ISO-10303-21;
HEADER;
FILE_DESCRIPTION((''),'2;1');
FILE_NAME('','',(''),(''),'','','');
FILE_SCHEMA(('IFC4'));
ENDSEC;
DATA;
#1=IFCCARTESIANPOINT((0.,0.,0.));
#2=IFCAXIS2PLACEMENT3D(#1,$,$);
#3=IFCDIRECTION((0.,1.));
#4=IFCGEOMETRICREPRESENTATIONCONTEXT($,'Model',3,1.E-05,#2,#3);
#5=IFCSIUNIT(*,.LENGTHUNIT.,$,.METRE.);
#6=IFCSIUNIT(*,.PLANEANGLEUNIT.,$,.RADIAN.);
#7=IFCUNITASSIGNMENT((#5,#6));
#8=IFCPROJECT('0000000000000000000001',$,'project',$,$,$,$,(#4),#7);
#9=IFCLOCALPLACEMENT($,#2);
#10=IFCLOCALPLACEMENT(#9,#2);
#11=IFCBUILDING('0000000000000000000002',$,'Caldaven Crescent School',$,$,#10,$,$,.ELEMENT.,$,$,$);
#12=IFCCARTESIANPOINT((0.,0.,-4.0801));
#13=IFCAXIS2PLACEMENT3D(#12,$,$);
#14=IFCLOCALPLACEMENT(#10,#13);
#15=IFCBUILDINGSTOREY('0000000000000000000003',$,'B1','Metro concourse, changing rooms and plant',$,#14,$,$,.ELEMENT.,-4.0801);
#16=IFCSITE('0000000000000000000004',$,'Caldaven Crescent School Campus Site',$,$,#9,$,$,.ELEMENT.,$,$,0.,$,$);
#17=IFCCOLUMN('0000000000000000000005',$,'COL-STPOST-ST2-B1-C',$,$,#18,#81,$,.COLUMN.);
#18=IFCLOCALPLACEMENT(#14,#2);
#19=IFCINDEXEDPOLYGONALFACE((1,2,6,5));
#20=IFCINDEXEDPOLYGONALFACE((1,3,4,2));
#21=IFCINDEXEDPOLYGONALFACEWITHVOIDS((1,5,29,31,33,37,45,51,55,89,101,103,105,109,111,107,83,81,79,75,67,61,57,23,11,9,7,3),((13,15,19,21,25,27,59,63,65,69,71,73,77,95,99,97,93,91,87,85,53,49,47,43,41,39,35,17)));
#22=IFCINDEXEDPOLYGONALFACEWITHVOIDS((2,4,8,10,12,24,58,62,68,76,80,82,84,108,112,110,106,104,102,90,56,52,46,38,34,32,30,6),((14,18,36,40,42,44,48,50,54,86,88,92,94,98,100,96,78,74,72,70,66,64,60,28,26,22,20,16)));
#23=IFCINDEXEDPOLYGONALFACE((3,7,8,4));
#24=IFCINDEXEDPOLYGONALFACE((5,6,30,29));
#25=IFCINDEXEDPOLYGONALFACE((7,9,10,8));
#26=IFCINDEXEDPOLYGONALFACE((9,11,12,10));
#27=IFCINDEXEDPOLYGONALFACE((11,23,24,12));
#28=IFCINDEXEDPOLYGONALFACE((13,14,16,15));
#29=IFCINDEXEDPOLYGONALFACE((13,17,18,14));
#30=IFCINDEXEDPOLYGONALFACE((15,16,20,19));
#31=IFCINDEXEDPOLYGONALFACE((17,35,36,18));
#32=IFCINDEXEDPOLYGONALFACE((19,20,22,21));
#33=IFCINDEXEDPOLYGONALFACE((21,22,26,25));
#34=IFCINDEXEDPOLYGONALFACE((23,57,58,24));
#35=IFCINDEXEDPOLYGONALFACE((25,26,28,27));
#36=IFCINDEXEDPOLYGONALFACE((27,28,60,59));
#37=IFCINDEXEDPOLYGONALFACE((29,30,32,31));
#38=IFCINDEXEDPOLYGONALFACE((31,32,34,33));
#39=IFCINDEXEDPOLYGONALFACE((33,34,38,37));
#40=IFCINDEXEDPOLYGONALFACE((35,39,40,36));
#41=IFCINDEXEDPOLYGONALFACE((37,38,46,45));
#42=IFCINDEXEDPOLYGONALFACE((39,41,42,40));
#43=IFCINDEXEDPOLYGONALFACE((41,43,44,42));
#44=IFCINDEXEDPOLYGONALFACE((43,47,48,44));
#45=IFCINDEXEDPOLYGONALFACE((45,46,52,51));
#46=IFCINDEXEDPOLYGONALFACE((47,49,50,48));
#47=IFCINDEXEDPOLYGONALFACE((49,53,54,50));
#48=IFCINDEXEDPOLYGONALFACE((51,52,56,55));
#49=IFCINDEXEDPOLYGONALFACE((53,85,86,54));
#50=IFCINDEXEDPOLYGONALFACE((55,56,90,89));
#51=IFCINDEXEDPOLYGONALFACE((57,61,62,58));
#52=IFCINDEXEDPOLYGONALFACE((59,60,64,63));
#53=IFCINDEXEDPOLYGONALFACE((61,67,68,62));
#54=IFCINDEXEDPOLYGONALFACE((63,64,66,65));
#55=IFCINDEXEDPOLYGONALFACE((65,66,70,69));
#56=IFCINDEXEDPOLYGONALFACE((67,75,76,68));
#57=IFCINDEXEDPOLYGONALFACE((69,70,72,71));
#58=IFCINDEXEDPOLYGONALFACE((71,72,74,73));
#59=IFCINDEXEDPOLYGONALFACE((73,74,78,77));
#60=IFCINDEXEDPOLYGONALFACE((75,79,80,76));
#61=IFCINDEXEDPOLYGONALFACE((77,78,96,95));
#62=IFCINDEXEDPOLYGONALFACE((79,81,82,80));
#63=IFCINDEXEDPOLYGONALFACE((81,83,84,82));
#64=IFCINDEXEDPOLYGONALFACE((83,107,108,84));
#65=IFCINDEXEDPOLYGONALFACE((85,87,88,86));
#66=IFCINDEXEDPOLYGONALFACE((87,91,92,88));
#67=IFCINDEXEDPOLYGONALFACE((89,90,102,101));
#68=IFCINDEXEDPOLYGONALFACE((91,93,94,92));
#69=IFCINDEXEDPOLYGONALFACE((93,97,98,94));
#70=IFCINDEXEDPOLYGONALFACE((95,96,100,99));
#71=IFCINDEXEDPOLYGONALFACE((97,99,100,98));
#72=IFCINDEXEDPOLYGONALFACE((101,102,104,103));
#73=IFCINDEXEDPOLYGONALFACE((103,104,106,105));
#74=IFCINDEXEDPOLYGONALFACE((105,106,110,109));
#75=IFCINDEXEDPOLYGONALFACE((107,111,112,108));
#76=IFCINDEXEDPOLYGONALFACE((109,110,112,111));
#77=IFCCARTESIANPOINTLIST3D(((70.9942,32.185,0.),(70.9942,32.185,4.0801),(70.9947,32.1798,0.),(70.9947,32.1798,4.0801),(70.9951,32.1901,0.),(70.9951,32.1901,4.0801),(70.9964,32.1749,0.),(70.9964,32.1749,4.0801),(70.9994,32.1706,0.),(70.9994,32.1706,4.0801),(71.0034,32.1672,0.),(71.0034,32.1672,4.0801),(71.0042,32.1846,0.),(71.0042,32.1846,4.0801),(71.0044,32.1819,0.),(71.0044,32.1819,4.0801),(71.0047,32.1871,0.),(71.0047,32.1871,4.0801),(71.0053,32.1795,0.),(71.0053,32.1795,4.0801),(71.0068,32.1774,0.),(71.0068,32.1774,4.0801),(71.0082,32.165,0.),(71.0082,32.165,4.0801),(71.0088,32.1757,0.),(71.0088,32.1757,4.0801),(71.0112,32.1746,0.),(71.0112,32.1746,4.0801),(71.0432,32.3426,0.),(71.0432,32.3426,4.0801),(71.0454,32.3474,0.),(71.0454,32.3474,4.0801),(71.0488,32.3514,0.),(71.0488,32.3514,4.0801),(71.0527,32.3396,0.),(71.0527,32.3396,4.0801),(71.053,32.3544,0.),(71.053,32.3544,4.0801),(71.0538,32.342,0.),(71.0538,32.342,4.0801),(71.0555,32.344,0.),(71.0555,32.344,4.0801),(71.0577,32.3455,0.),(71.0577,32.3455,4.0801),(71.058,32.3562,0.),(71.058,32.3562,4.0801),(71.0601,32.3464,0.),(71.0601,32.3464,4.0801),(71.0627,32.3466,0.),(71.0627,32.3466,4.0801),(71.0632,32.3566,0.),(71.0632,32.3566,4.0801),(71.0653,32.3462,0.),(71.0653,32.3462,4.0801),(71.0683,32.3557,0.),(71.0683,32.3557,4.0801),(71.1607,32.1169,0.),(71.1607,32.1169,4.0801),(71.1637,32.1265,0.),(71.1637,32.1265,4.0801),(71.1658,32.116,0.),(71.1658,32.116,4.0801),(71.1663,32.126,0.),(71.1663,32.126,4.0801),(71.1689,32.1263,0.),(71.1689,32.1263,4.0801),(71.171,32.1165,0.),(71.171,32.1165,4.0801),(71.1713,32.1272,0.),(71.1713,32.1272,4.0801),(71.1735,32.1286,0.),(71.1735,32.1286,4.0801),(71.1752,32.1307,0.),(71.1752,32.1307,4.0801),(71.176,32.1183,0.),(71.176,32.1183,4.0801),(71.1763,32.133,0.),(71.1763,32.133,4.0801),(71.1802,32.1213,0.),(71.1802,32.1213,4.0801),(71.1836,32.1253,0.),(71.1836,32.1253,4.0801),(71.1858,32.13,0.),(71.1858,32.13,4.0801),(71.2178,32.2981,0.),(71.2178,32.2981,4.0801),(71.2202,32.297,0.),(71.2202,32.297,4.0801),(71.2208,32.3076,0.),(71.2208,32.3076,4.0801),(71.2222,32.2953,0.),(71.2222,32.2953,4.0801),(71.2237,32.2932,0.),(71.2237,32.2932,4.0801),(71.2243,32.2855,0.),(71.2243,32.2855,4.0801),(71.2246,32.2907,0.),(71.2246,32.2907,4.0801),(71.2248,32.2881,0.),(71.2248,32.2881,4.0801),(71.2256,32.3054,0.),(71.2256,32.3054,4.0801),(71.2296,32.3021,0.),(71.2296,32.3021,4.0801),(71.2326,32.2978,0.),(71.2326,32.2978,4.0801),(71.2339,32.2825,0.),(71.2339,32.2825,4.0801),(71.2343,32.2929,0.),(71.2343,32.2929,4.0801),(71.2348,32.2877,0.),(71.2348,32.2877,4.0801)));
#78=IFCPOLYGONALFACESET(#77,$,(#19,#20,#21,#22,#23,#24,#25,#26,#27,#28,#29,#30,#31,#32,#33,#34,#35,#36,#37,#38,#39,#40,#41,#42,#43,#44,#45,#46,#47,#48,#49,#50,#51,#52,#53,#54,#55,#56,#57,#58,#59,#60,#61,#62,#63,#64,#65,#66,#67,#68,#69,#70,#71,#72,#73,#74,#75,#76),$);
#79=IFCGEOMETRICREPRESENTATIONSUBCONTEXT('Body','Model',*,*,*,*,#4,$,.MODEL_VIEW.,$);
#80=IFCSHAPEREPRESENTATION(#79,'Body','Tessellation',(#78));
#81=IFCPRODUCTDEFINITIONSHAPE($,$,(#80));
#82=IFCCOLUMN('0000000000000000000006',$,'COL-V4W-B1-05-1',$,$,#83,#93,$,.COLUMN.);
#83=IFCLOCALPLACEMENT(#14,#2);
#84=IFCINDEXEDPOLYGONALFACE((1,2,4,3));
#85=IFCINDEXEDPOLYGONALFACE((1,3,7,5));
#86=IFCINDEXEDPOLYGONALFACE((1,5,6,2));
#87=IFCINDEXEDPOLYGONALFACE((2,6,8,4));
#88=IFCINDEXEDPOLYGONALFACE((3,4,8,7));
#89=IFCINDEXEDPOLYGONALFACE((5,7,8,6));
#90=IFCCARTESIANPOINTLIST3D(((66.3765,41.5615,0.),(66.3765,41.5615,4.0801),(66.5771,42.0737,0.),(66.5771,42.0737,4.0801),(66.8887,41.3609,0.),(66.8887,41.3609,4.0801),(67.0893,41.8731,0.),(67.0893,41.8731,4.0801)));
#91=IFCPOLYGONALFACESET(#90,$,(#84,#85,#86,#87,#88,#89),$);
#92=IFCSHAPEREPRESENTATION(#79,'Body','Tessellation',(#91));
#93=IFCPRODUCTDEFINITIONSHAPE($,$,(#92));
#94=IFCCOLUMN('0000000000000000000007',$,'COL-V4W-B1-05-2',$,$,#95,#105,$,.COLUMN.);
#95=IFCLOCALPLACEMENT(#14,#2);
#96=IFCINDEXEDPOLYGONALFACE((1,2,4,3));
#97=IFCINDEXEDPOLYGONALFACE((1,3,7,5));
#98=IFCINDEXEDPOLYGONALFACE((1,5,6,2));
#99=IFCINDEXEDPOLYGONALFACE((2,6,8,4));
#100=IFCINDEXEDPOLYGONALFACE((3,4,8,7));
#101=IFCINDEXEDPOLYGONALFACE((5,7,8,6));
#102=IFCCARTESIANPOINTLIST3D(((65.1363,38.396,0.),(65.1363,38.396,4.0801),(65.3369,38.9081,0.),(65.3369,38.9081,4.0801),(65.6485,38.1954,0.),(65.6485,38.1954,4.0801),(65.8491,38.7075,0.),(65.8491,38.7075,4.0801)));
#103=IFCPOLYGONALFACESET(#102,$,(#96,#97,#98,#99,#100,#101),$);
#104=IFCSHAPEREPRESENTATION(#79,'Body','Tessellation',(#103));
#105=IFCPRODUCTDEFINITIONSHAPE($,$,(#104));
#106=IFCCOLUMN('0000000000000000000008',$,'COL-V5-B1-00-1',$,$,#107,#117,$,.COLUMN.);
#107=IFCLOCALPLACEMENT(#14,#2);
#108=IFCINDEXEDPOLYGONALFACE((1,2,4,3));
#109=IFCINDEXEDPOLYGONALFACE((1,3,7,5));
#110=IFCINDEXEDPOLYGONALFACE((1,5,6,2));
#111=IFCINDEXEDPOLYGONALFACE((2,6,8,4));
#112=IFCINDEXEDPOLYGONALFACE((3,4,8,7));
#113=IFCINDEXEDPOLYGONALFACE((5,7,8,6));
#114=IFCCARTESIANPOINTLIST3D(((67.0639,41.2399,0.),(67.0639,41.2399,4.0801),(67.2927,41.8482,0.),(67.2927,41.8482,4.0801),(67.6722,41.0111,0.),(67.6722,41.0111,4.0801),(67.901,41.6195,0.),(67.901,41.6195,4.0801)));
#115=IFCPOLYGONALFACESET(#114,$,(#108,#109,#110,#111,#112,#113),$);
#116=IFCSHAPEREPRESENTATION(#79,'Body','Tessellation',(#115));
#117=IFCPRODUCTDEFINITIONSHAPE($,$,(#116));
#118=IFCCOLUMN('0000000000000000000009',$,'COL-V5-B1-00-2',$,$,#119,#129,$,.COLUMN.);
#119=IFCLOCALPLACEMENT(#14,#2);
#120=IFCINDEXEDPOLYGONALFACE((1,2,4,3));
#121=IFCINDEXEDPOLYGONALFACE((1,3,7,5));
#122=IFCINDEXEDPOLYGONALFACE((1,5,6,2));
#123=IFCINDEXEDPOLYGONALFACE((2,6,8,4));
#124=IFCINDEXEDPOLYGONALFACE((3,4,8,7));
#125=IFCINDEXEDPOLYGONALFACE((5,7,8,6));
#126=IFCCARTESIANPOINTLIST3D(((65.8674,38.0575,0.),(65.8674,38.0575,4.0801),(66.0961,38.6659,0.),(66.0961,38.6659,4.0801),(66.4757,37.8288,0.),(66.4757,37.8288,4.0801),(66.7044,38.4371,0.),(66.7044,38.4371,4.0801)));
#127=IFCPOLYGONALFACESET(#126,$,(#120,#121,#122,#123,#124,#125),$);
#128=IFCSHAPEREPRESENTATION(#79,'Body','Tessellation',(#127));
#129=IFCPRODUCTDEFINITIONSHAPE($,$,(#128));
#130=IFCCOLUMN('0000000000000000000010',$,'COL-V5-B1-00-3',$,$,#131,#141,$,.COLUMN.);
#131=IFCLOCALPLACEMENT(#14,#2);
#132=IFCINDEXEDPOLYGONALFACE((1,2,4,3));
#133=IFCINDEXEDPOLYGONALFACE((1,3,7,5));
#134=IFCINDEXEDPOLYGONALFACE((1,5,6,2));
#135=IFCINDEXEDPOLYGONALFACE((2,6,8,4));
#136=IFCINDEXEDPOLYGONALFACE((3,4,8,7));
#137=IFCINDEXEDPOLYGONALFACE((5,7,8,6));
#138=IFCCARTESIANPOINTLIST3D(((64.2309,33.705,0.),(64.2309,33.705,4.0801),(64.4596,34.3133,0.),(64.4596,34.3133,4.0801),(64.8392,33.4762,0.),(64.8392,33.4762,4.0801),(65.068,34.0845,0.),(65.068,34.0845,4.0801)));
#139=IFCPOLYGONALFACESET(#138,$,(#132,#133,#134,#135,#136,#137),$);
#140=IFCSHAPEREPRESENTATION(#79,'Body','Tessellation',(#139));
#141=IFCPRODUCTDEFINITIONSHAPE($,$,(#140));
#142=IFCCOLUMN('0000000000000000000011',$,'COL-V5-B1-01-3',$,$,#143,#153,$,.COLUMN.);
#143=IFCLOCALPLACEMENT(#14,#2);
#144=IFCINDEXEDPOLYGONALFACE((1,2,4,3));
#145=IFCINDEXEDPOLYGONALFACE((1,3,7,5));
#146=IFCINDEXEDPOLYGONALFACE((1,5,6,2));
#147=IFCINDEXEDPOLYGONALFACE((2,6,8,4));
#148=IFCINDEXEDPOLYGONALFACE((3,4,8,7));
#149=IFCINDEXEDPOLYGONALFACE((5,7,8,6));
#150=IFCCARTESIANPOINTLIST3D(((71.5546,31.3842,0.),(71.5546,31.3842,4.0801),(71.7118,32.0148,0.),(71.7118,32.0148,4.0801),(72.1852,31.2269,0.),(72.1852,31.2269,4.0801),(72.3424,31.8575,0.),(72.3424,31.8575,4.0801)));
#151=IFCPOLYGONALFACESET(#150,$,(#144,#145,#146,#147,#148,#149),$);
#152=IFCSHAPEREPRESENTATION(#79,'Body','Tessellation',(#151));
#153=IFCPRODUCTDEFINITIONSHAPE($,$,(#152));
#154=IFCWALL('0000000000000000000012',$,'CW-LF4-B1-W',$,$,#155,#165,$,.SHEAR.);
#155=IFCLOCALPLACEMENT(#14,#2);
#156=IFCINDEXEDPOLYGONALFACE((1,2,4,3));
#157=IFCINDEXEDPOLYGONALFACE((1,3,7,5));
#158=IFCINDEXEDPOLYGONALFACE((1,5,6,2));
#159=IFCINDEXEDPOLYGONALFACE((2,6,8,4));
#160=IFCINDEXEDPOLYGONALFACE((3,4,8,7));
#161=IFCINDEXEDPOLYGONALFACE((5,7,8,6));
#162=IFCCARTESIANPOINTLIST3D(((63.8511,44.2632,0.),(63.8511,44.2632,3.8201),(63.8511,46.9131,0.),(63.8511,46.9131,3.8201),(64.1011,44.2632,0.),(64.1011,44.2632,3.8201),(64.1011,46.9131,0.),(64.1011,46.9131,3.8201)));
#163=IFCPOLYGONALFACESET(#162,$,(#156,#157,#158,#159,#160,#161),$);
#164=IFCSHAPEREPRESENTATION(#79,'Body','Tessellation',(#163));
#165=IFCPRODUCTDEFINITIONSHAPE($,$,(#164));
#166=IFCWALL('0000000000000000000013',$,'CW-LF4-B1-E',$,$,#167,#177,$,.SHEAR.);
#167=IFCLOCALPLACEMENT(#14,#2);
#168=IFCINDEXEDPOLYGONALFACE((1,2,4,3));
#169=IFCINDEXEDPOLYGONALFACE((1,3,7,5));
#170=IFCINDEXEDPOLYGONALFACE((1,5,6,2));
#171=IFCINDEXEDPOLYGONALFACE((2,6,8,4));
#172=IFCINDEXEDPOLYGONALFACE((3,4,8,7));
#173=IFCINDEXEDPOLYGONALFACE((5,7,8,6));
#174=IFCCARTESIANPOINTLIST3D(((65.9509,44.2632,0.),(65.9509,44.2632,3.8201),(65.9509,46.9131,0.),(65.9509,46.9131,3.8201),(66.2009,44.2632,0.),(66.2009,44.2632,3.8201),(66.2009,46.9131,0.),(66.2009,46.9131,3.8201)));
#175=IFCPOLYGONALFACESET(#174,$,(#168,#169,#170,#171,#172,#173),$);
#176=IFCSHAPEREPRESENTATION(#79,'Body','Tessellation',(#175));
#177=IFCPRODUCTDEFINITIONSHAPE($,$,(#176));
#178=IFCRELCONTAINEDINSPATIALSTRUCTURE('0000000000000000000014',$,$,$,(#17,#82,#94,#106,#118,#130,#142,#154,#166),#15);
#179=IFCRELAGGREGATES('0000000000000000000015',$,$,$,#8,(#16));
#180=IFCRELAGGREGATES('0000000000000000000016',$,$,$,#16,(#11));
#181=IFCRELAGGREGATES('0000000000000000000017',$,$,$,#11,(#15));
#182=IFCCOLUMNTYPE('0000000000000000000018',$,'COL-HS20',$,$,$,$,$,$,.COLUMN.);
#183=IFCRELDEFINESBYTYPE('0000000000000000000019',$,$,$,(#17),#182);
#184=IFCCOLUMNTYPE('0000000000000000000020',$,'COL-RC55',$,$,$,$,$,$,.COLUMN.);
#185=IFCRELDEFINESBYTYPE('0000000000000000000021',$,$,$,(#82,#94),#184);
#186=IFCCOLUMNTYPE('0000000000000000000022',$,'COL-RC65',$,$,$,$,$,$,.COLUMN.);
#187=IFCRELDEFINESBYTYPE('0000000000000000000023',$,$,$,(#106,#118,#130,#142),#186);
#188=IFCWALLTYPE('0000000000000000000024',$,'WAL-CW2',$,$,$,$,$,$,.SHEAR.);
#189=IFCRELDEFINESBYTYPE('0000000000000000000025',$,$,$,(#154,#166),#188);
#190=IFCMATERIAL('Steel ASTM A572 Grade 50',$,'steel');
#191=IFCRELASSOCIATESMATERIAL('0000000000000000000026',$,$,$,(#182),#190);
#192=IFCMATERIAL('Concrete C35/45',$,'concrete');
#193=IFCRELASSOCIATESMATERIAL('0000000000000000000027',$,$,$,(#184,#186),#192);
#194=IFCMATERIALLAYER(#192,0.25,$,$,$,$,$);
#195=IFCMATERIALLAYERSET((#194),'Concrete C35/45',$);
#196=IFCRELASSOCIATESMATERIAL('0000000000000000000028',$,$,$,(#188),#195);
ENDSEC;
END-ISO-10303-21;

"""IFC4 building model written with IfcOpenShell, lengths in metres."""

from ifc_helpers import new_model, si_unit, direction, frame, frame_2d, origin, origin_2d, place, context, subcontext, project, spatial, rectangle, hollow_rectangle, extrude, material, layer, layer_set, material_profile, profile_set, type_object, element, save


model = new_model("IFC4")

# Units and contexts
model_context = context("Model", 3, precision=1e-05, world=origin(), true_north=direction((0.0, 1.0)))
body_context = subcontext(model_context, "Body", "Model", "MODEL_VIEW")
ifc_project = project(units=[si_unit("LENGTHUNIT", "METRE"), si_unit("PLANEANGLEUNIT", "RADIAN")], contexts=[model_context])

# Site, building, storey
site_placement = place(None, origin())
site = spatial("IfcSite", under=ifc_project, at=site_placement, Name="Caldaven Crescent School Campus Site", CompositionType="ELEMENT", RefElevation=0.0)
building_placement = place(site_placement, origin())
building = spatial("IfcBuilding", under=site, at=building_placement, Name="Caldaven Crescent School", CompositionType="ELEMENT")
storey_placement = place(building_placement, frame((0.0, 0.0, -4.0801)))
storey = spatial("IfcBuildingStorey", under=building, at=storey_placement, Name="B1", Description="Metro concourse, changing rooms and plant", CompositionType="ELEMENT", Elevation=-4.0801)

# Shared definitions
ifc_material_1 = material(Name="Concrete C35/45", Category="concrete")

# Columns
ifc_material_2 = material(Name="Steel ASTM A572 Grade 50", Category="steel")
ifc_material_profile_1 = material_profile(ifc_material_2, hollow_rectangle(XDim=0.2, YDim=0.2, WallThickness=0.01, InnerFilletRadius=0.01, OuterFilletRadius=0.02, at=origin_2d()), Name="HSS 200x200x10")
ifc_profile_set_1 = profile_set([ifc_material_profile_1], Name="Steel ASTM A572 Grade 50")
column_type_1 = type_object("IfcColumnType", Name="COL-HS20", PredefinedType="COLUMN", material=ifc_profile_set_1)
for number, where, z_axis, x_axis, name in (
    (1, (71.1145, 32.2363, 0.0), (0.0, 0.0, 1.0), (0.953717, -0.300706, 0.0), "COL-STPOST-ST2-B1-C"),
):
    element("IfcColumn", number, at=place(storey_placement, frame(where, z_axis=z_axis, x_axis=x_axis)), inside=storey, type_object=column_type_1, Name=name, PredefinedType="COLUMN", context=body_context, shape_type="SweptSolid", body=[
        extrude(hollow_rectangle(XDim=0.2, YDim=0.2, WallThickness=0.01, InnerFilletRadius=0.01, OuterFilletRadius=0.02, at=origin_2d()), origin(), (0.0, 0.0, 1.0), 4.0801),
    ])
ifc_material_profile_2 = material_profile(ifc_material_1, rectangle(XDim=0.55, YDim=0.55, at=origin_2d()), Name="RC 550x550")
ifc_profile_set_2 = profile_set([ifc_material_profile_2], Name="Concrete C35/45")
column_type_2 = type_object("IfcColumnType", Name="COL-RC55", PredefinedType="COLUMN", material=ifc_profile_set_2)
for number, where, z_axis, x_axis, name in (
    (2, (66.7329, 41.7173, 0.0), (0.0, 0.0, 1.0), (-0.364714, -0.931119, 0.0), "COL-V4W-B1-05-1"),
    (3, (65.4927, 38.5518, 0.0), (0.0, 0.0, 1.0), (-0.364714, -0.931119, 0.0), "COL-V4W-B1-05-2"),
):
    element("IfcColumn", number, at=place(storey_placement, frame(where, z_axis=z_axis, x_axis=x_axis)), inside=storey, type_object=column_type_2, Name=name, PredefinedType="COLUMN", context=body_context, shape_type="SweptSolid", body=[
        extrude(rectangle(XDim=0.55, YDim=0.55, at=origin_2d()), origin(), (0.0, 0.0, 1.0), 4.0801),
    ])
ifc_material_profile_3 = material_profile(ifc_material_1, rectangle(XDim=0.6499, YDim=0.6499, at=origin_2d()), Name="RC 650x650")
ifc_profile_set_3 = profile_set([ifc_material_profile_3], Name="Concrete C35/45")
column_type_3 = type_object("IfcColumnType", Name="COL-RC65", PredefinedType="COLUMN", material=ifc_profile_set_3)
for number, where, z_axis, x_axis, name in (
    (4, (67.4824, 41.4297, 0.0), (0.0, 0.0, 1.0), (-0.352005, -0.935998, 0.0), "COL-V5-B1-00-1"),
    (5, (66.2859, 38.2473, 0.0), (0.0, 0.0, 1.0), (-0.352005, -0.935998, 0.0), "COL-V5-B1-00-2"),
    (6, (64.6494, 33.8948, 0.0), (0.0, 0.0, 1.0), (-0.352005, -0.935998, 0.0), "COL-V5-B1-00-3"),
    (7, (71.9485, 31.6208, 0.0), (0.0, 0.0, 1.0), (-0.241922, -0.970296, 0.0), "COL-V5-B1-01-3"),
):
    element("IfcColumn", number, at=place(storey_placement, frame(where, z_axis=z_axis, x_axis=x_axis)), inside=storey, type_object=column_type_3, Name=name, PredefinedType="COLUMN", context=body_context, shape_type="SweptSolid", body=[
        extrude(rectangle(XDim=0.6499, YDim=0.6499, at=origin_2d()), origin(), (0.0, 0.0, 1.0), 4.0801),
    ])

# Walls
ifc_layer_1 = layer(ifc_material_1, 0.25)
ifc_layer_set_1 = layer_set([ifc_layer_1], Name="Concrete C35/45")
wall_type_1 = type_object("IfcWallType", Name="WAL-CW2", PredefinedType="SHEAR", material=ifc_layer_set_1)
for number, where, z_axis, x_axis, name in (
    (8, (63.9761, 44.2632, 0.0), (0.0, 0.0, 1.0), (0.0, 1.0, 0.0), "CW-LF4-B1-W"),
    (9, (66.0759, 44.2632, 0.0), (0.0, 0.0, 1.0), (0.0, 1.0, 0.0), "CW-LF4-B1-E"),
):
    element("IfcWall", number, at=place(storey_placement, frame(where, z_axis=z_axis, x_axis=x_axis)), inside=storey, type_object=wall_type_1, Name=name, PredefinedType="SHEAR", context=body_context, shape_type="SweptSolid", body=[
        extrude(rectangle(XDim=2.6499, YDim=0.25, at=frame_2d((1.325, 0.0))), origin(), (0.0, 0.0, 1.0), 3.8201),
    ])

save(model, "model.ifc")
